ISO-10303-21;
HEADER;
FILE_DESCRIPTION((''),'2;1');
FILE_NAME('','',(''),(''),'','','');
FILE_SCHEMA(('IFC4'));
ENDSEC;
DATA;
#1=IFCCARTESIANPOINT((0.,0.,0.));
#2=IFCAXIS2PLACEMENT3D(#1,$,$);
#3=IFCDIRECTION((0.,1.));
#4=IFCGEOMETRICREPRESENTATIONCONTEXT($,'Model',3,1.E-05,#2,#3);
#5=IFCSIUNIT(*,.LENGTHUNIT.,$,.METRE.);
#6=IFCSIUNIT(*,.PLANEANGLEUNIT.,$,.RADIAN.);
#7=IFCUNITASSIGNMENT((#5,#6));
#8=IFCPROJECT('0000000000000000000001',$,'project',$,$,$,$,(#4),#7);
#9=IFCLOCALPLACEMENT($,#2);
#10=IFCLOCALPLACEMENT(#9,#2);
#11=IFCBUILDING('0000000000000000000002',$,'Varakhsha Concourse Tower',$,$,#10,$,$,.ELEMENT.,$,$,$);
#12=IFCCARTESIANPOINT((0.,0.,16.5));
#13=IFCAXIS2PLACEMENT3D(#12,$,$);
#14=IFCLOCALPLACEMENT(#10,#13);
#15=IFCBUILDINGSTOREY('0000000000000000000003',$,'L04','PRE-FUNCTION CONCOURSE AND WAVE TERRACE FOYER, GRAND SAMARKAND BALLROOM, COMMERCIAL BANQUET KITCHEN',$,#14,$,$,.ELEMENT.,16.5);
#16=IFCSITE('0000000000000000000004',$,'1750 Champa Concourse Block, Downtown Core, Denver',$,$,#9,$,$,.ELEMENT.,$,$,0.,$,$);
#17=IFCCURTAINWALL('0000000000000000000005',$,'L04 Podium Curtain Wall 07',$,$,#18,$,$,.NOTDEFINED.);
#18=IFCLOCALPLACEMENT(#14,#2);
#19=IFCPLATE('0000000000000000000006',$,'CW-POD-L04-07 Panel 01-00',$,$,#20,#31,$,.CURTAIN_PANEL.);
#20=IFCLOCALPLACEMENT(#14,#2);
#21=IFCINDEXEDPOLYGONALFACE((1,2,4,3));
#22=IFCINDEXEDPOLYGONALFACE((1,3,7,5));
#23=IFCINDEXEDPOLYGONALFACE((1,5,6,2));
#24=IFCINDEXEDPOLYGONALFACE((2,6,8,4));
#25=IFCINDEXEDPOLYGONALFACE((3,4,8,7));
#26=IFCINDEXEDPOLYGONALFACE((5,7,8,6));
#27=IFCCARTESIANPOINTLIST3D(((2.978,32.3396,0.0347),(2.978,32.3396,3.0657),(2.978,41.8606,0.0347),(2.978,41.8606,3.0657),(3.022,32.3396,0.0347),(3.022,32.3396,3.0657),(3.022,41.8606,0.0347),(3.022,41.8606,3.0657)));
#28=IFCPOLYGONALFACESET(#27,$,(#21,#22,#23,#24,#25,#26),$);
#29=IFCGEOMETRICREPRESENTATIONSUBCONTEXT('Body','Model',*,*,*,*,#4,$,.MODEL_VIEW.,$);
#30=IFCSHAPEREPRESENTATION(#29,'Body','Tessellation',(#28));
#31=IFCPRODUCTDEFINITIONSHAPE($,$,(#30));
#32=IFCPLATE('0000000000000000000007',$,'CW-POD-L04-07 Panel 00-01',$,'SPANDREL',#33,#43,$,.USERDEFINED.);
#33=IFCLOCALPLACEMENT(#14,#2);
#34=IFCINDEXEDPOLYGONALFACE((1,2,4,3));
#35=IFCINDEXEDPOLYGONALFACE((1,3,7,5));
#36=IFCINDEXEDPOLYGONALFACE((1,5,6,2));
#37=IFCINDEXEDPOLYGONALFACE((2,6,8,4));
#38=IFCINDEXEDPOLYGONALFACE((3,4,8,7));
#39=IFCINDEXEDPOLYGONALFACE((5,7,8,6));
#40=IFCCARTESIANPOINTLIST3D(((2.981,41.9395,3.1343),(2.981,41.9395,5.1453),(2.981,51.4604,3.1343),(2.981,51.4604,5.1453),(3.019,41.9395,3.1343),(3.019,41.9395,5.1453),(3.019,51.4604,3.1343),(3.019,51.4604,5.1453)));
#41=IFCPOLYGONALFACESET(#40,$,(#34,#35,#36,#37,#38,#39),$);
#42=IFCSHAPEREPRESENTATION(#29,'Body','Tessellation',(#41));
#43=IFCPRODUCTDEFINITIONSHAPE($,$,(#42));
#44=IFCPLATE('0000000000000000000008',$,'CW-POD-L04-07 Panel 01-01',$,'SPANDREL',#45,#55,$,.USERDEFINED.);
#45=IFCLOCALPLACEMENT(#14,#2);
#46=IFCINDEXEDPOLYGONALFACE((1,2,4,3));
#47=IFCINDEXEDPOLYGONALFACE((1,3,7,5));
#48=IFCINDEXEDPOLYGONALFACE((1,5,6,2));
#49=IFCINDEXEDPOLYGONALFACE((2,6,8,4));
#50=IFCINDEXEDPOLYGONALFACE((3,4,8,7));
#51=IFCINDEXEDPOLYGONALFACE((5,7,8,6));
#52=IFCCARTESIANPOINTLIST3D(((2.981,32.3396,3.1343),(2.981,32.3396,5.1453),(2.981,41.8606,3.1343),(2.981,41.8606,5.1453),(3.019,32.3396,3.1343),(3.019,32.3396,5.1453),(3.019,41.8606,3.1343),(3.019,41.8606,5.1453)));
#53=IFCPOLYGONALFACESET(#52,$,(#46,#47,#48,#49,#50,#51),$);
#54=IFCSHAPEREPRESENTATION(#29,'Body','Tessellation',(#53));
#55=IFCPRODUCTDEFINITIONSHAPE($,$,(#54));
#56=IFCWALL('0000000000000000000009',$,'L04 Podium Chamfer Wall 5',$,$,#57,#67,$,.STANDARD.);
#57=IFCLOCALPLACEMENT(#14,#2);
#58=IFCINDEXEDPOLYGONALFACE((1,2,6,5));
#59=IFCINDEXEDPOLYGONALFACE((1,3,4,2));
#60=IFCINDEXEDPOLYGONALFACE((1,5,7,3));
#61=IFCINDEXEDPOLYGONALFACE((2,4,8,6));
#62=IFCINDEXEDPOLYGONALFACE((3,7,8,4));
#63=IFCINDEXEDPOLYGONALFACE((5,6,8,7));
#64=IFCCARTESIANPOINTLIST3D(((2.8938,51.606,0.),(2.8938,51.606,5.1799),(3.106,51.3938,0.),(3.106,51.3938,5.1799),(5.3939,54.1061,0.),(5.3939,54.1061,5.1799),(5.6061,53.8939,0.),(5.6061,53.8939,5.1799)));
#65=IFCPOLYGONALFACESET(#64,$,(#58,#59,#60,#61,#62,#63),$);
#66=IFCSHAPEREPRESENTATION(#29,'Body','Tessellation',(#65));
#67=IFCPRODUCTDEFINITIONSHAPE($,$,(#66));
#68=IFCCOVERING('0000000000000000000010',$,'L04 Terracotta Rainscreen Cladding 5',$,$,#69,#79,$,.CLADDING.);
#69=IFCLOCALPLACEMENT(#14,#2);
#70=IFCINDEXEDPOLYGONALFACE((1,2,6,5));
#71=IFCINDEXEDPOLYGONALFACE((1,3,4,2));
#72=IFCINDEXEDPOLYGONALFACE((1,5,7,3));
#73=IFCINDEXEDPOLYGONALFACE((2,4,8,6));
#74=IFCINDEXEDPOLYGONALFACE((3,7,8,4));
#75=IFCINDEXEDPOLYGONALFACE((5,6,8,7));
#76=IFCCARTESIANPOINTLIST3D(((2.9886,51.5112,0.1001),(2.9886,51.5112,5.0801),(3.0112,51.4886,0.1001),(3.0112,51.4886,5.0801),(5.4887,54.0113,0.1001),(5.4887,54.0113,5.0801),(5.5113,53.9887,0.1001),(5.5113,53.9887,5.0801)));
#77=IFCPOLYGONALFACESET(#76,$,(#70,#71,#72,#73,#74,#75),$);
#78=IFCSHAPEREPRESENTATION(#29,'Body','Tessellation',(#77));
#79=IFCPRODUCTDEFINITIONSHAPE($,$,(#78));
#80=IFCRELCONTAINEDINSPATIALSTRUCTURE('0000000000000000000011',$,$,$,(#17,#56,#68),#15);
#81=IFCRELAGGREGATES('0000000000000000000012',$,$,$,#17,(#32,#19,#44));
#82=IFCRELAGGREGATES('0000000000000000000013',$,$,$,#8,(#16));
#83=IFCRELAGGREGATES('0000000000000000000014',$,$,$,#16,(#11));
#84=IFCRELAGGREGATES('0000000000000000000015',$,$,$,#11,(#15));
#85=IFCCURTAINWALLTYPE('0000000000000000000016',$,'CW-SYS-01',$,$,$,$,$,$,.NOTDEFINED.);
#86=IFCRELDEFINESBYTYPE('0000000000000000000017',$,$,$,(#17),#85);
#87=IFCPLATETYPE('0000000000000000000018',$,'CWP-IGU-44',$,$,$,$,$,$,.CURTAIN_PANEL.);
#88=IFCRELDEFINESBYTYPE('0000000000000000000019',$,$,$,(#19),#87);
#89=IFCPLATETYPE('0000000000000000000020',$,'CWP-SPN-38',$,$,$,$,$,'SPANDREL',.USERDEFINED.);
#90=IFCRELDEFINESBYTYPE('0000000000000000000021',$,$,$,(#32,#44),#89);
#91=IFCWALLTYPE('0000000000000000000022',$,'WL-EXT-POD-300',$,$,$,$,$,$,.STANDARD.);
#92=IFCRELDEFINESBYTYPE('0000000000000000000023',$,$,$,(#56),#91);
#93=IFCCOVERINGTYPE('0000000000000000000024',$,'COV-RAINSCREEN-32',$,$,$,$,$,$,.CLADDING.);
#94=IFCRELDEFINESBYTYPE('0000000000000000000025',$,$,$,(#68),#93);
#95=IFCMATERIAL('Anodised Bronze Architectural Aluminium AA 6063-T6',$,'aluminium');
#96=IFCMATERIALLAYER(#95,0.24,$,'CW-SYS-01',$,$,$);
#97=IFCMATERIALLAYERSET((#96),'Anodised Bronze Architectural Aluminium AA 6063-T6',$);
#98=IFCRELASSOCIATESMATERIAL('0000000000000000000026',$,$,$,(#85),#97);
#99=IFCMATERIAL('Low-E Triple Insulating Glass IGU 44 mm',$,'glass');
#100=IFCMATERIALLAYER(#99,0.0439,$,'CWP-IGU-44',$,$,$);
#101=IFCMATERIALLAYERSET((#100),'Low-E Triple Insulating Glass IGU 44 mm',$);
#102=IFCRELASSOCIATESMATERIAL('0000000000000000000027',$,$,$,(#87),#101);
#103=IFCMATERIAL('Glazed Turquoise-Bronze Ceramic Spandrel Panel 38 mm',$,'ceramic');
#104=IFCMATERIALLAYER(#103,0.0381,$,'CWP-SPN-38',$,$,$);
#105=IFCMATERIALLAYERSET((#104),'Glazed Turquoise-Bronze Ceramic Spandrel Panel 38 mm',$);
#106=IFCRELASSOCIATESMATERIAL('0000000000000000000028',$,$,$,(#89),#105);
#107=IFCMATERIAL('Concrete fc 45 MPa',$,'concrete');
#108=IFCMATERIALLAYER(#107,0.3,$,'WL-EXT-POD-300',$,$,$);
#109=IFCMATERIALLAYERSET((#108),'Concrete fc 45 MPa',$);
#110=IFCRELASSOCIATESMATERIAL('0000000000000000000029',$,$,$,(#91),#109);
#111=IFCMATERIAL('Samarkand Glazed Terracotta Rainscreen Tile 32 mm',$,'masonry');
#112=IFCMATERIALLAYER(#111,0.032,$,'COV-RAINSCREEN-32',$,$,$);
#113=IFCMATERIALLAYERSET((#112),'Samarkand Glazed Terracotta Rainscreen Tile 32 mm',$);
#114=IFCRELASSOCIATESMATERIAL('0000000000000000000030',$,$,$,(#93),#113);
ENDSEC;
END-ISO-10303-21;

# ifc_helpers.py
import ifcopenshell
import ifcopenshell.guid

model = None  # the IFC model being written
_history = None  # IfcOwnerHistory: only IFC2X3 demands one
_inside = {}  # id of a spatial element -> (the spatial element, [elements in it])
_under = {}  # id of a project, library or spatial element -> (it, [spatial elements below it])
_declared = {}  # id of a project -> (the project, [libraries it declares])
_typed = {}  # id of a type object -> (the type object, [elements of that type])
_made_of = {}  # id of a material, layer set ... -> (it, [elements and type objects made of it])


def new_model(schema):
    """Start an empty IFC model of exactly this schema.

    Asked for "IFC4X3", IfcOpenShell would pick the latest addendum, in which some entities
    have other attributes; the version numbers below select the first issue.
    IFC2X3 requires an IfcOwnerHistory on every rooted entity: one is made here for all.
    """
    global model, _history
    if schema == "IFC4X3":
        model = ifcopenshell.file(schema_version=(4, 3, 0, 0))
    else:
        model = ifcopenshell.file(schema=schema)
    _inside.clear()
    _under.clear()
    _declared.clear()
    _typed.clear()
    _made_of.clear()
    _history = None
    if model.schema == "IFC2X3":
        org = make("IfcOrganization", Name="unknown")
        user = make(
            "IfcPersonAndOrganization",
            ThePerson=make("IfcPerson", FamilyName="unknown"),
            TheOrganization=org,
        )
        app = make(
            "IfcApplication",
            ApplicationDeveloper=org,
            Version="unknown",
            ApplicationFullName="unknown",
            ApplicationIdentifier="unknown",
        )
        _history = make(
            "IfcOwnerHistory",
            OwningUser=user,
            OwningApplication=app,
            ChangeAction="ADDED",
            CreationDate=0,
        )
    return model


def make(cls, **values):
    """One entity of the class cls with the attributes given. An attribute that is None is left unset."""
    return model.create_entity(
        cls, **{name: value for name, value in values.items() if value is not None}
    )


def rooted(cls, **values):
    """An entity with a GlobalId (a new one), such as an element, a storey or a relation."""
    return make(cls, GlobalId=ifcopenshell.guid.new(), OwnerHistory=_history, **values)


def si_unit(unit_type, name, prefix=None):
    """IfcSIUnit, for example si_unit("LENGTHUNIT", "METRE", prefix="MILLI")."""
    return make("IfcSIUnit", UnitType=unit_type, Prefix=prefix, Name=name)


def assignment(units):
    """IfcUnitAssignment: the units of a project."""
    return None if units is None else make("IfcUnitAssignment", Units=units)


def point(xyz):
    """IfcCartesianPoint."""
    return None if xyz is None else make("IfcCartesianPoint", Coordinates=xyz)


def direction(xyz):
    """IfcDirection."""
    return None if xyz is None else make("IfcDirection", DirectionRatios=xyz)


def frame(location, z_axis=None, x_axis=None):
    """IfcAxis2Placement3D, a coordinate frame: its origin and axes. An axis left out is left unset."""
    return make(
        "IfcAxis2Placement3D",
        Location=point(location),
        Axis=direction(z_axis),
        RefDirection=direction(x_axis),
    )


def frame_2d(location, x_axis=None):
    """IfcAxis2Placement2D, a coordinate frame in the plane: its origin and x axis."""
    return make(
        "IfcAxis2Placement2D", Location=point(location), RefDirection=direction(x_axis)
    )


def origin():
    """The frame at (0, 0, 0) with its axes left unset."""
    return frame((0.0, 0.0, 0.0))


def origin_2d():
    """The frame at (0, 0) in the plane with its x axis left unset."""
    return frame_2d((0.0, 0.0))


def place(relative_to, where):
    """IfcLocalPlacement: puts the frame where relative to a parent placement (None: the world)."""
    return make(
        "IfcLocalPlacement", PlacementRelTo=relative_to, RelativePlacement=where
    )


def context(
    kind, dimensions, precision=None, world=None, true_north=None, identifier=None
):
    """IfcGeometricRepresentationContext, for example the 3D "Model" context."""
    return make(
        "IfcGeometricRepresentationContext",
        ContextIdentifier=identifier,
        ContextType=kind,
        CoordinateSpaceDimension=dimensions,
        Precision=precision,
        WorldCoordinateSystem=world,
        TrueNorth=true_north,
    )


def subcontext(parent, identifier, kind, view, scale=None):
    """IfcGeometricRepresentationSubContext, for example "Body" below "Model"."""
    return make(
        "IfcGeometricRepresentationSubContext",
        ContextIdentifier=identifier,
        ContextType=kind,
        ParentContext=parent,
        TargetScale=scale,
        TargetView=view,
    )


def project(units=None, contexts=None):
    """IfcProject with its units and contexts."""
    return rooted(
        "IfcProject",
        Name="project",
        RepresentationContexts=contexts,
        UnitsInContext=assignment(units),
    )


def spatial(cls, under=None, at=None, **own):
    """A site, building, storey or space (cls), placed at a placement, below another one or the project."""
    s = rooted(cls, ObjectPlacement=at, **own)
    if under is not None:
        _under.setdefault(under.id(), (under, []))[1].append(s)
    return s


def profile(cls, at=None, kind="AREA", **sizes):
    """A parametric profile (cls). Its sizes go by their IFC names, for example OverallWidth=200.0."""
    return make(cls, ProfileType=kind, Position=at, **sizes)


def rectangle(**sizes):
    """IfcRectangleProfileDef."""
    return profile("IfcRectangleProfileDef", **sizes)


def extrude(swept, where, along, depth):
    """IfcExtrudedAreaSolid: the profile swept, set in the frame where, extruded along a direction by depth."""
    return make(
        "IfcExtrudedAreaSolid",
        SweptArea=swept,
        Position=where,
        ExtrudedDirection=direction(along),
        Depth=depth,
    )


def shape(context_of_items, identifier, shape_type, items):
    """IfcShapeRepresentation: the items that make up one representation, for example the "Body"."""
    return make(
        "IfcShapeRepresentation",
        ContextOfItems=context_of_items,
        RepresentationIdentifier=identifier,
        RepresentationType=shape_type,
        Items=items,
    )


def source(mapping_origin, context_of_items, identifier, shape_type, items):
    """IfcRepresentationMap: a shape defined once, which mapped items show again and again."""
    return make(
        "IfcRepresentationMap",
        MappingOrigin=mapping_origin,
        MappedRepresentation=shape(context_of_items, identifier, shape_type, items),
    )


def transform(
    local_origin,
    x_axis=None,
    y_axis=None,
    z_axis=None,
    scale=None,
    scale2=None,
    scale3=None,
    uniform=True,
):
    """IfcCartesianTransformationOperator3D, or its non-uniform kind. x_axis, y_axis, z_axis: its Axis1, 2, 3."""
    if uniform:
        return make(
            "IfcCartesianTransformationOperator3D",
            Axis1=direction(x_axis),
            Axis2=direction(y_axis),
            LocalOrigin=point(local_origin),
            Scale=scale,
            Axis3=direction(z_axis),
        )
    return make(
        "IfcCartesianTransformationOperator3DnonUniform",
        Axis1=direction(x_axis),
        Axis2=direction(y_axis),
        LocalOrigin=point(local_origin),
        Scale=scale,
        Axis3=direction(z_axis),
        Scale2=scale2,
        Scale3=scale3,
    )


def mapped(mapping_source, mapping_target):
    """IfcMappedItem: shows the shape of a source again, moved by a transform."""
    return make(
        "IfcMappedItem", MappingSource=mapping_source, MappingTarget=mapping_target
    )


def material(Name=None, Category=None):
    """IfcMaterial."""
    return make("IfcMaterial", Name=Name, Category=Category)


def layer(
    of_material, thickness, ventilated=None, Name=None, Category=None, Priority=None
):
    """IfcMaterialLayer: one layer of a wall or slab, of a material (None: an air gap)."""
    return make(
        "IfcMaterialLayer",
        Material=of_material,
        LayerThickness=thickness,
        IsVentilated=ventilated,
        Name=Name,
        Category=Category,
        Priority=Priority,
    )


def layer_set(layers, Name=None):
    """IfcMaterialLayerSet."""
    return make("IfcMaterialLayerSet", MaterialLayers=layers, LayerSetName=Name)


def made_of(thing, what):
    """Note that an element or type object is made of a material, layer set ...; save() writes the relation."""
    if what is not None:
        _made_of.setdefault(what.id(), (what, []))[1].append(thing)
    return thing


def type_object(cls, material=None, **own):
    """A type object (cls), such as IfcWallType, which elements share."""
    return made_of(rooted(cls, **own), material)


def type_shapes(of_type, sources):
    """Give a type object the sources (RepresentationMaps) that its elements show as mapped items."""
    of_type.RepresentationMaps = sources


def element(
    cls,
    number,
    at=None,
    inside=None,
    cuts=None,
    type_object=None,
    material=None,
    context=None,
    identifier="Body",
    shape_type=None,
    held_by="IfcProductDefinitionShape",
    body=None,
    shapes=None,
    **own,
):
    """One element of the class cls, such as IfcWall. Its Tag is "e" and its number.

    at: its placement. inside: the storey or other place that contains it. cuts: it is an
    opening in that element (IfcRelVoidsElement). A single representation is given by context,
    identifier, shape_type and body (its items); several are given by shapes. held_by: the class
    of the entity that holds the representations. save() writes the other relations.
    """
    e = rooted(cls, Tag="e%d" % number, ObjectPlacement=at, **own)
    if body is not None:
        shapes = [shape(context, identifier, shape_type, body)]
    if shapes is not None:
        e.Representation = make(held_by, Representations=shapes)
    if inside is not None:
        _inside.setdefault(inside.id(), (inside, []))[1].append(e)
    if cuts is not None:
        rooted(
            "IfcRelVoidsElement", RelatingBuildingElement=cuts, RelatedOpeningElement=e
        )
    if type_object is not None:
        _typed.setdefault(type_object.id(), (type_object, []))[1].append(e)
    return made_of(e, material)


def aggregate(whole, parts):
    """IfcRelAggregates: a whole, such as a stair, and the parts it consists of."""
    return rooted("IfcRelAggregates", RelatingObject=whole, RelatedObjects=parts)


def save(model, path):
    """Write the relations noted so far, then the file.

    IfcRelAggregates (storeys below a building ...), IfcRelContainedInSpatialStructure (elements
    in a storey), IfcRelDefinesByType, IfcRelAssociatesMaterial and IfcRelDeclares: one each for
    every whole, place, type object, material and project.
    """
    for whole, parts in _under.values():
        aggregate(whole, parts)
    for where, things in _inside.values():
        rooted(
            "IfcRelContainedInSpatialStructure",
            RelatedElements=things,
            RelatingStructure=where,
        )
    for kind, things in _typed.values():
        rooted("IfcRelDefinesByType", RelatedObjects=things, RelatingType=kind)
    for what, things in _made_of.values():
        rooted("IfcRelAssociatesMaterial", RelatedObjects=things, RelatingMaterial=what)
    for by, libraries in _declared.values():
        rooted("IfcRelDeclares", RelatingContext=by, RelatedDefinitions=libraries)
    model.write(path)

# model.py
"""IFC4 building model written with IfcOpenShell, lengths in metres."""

from ifc_helpers import new_model, si_unit, direction, frame, frame_2d, origin, origin_2d, place, context, subcontext, project, spatial, rectangle, extrude, source, transform, mapped, material, layer, layer_set, type_object, type_shapes, element, aggregate, save


model = new_model("IFC4")

# Units and contexts
model_context = context("Model", 3, precision=1e-05, world=origin(), true_north=direction((0.0, 1.0)))
body_context = subcontext(model_context, "Body", "Model", "MODEL_VIEW")
ifc_project = project(units=[si_unit("LENGTHUNIT", "METRE"), si_unit("PLANEANGLEUNIT", "RADIAN")], contexts=[model_context])

# Site, building, storey
site_placement = place(None, origin())
site = spatial("IfcSite", under=ifc_project, at=site_placement, Name="1750 Champa Concourse Block, Downtown Core, Denver", CompositionType="ELEMENT", RefElevation=0.0)
building_placement = place(site_placement, origin())
building = spatial("IfcBuilding", under=site, at=building_placement, Name="Varakhsha Concourse Tower", CompositionType="ELEMENT")
storey_placement = place(building_placement, frame((0.0, 0.0, 16.5)))
storey = spatial("IfcBuildingStorey", under=building, at=storey_placement, Name="L04", Description="PRE-FUNCTION CONCOURSE AND WAVE TERRACE FOYER, GRAND SAMARKAND BALLROOM, COMMERCIAL BANQUET KITCHEN", CompositionType="ELEMENT", Elevation=16.5)

# Curtain wall, plates
ifc_material_1 = material(Name="Anodised Bronze Architectural Aluminium AA 6063-T6", Category="aluminium")
ifc_layer_1 = layer(ifc_material_1, 0.24, Name="CW-SYS-01")
ifc_layer_set_1 = layer_set([ifc_layer_1], Name="Anodised Bronze Architectural Aluminium AA 6063-T6")
curtain_wall_type = type_object("IfcCurtainWallType", Name="CW-SYS-01", PredefinedType="NOTDEFINED", material=ifc_layer_set_1)
curtain_wall_placement = place(storey_placement, origin())
curtain_wall = element("IfcCurtainWall", 1, at=curtain_wall_placement, inside=storey, type_object=curtain_wall_type, Name="L04 Podium Curtain Wall 07", PredefinedType="NOTDEFINED")
ifc_material_2 = material(Name="Low-E Triple Insulating Glass IGU 44 mm", Category="glass")
ifc_layer_2 = layer(ifc_material_2, 0.0439, Name="CWP-IGU-44")
ifc_layer_set_2 = layer_set([ifc_layer_2], Name="Low-E Triple Insulating Glass IGU 44 mm")
plate_type_1 = type_object("IfcPlateType", Name="CWP-IGU-44", PredefinedType="CURTAIN_PANEL", material=ifc_layer_set_2)
shared_shape_1 = source(origin(), body_context, "Body", "SweptSolid", [
    extrude(rectangle(XDim=9.521, YDim=0.0439, at=origin_2d()), origin(), (0.0, 0.0, 1.0), 3.031),
])
type_shapes(plate_type_1, [shared_shape_1])
plate_1_placement = place(storey_placement, frame((3.0, 37.1001, 0.0347), z_axis=(0.0, 0.0, 1.0), x_axis=(0.0, -1.0, 0.0)))
plate_1 = element("IfcPlate", 2, at=plate_1_placement, type_object=plate_type_1, Name="CW-POD-L04-07 Panel 01-00", PredefinedType="CURTAIN_PANEL", context=body_context, shape_type="MappedRepresentation", body=[
    mapped(shared_shape_1, transform((0.0, 0.0, 0.0), scale=1.0)),
])
ifc_material_3 = material(Name="Glazed Turquoise-Bronze Ceramic Spandrel Panel 38 mm", Category="ceramic")
ifc_layer_3 = layer(ifc_material_3, 0.0381, Name="CWP-SPN-38")
ifc_layer_set_3 = layer_set([ifc_layer_3], Name="Glazed Turquoise-Bronze Ceramic Spandrel Panel 38 mm")
plate_type_2 = type_object("IfcPlateType", Name="CWP-SPN-38", ElementType="SPANDREL", PredefinedType="USERDEFINED", material=ifc_layer_set_3)
shared_shape_2 = source(origin(), body_context, "Body", "SweptSolid", [
    extrude(rectangle(XDim=9.521, YDim=0.0381, at=origin_2d()), origin(), (0.0, 0.0, 1.0), 2.011),
])
type_shapes(plate_type_2, [shared_shape_2])
plate_2_placement = place(storey_placement, frame((3.0, 46.7, 3.1343), z_axis=(0.0, 0.0, 1.0), x_axis=(0.0, -1.0, 0.0)))
plate_2 = element("IfcPlate", 3, at=plate_2_placement, type_object=plate_type_2, Name="CW-POD-L04-07 Panel 00-01", ObjectType="SPANDREL", PredefinedType="USERDEFINED", context=body_context, shape_type="MappedRepresentation", body=[
    mapped(shared_shape_2, transform((0.0, 0.0, 0.0), scale=1.0)),
])
plate_3_placement = place(storey_placement, frame((3.0, 37.1001, 3.1343), z_axis=(0.0, 0.0, 1.0), x_axis=(0.0, -1.0, 0.0)))
plate_3 = element("IfcPlate", 4, at=plate_3_placement, type_object=plate_type_2, Name="CW-POD-L04-07 Panel 01-01", ObjectType="SPANDREL", PredefinedType="USERDEFINED", context=body_context, shape_type="MappedRepresentation", body=[
    mapped(shared_shape_2, transform((0.0, 0.0, 0.0), scale=1.0)),
])
aggregate(curtain_wall, [plate_2, plate_1, plate_3])

# Wall
ifc_material_4 = material(Name="Concrete fc 45 MPa", Category="concrete")
ifc_layer_4 = layer(ifc_material_4, 0.3, Name="WL-EXT-POD-300")
ifc_layer_set_4 = layer_set([ifc_layer_4], Name="Concrete fc 45 MPa")
wall_type = type_object("IfcWallType", Name="WL-EXT-POD-300", PredefinedType="STANDARD", material=ifc_layer_set_4)
wall_placement = place(storey_placement, frame((5.5, 54.0, 0.0), z_axis=(0.0, 0.0, 1.0), x_axis=(-0.707107, -0.707107, 0.0)))
element("IfcWall", 5, at=wall_placement, inside=storey, type_object=wall_type, Name="L04 Podium Chamfer Wall 5", PredefinedType="STANDARD", context=body_context, shape_type="SweptSolid", body=[
    extrude(rectangle(XDim=3.5356, YDim=0.3, at=frame_2d((1.7678, 0.0))), origin(), (0.0, 0.0, 1.0), 5.1799),
])

# Covering
ifc_material_5 = material(Name="Samarkand Glazed Terracotta Rainscreen Tile 32 mm", Category="masonry")
ifc_layer_5 = layer(ifc_material_5, 0.032, Name="COV-RAINSCREEN-32")
ifc_layer_set_5 = layer_set([ifc_layer_5], Name="Samarkand Glazed Terracotta Rainscreen Tile 32 mm")
covering_type = type_object("IfcCoveringType", Name="COV-RAINSCREEN-32", PredefinedType="CLADDING", material=ifc_layer_set_5)
covering_placement = place(storey_placement, frame((5.5, 54.0, 0.1001), z_axis=(0.0, 0.0, 1.0), x_axis=(-0.707107, -0.707107, 0.0)))
element("IfcCovering", 6, at=covering_placement, inside=storey, type_object=covering_type, Name="L04 Terracotta Rainscreen Cladding 5", PredefinedType="CLADDING", context=body_context, shape_type="SweptSolid", body=[
    extrude(rectangle(XDim=3.5356, YDim=0.032, at=frame_2d((1.7678, 0.0))), origin(), (0.0, 0.0, 1.0), 4.98),
])

save(model, "model.ifc")
